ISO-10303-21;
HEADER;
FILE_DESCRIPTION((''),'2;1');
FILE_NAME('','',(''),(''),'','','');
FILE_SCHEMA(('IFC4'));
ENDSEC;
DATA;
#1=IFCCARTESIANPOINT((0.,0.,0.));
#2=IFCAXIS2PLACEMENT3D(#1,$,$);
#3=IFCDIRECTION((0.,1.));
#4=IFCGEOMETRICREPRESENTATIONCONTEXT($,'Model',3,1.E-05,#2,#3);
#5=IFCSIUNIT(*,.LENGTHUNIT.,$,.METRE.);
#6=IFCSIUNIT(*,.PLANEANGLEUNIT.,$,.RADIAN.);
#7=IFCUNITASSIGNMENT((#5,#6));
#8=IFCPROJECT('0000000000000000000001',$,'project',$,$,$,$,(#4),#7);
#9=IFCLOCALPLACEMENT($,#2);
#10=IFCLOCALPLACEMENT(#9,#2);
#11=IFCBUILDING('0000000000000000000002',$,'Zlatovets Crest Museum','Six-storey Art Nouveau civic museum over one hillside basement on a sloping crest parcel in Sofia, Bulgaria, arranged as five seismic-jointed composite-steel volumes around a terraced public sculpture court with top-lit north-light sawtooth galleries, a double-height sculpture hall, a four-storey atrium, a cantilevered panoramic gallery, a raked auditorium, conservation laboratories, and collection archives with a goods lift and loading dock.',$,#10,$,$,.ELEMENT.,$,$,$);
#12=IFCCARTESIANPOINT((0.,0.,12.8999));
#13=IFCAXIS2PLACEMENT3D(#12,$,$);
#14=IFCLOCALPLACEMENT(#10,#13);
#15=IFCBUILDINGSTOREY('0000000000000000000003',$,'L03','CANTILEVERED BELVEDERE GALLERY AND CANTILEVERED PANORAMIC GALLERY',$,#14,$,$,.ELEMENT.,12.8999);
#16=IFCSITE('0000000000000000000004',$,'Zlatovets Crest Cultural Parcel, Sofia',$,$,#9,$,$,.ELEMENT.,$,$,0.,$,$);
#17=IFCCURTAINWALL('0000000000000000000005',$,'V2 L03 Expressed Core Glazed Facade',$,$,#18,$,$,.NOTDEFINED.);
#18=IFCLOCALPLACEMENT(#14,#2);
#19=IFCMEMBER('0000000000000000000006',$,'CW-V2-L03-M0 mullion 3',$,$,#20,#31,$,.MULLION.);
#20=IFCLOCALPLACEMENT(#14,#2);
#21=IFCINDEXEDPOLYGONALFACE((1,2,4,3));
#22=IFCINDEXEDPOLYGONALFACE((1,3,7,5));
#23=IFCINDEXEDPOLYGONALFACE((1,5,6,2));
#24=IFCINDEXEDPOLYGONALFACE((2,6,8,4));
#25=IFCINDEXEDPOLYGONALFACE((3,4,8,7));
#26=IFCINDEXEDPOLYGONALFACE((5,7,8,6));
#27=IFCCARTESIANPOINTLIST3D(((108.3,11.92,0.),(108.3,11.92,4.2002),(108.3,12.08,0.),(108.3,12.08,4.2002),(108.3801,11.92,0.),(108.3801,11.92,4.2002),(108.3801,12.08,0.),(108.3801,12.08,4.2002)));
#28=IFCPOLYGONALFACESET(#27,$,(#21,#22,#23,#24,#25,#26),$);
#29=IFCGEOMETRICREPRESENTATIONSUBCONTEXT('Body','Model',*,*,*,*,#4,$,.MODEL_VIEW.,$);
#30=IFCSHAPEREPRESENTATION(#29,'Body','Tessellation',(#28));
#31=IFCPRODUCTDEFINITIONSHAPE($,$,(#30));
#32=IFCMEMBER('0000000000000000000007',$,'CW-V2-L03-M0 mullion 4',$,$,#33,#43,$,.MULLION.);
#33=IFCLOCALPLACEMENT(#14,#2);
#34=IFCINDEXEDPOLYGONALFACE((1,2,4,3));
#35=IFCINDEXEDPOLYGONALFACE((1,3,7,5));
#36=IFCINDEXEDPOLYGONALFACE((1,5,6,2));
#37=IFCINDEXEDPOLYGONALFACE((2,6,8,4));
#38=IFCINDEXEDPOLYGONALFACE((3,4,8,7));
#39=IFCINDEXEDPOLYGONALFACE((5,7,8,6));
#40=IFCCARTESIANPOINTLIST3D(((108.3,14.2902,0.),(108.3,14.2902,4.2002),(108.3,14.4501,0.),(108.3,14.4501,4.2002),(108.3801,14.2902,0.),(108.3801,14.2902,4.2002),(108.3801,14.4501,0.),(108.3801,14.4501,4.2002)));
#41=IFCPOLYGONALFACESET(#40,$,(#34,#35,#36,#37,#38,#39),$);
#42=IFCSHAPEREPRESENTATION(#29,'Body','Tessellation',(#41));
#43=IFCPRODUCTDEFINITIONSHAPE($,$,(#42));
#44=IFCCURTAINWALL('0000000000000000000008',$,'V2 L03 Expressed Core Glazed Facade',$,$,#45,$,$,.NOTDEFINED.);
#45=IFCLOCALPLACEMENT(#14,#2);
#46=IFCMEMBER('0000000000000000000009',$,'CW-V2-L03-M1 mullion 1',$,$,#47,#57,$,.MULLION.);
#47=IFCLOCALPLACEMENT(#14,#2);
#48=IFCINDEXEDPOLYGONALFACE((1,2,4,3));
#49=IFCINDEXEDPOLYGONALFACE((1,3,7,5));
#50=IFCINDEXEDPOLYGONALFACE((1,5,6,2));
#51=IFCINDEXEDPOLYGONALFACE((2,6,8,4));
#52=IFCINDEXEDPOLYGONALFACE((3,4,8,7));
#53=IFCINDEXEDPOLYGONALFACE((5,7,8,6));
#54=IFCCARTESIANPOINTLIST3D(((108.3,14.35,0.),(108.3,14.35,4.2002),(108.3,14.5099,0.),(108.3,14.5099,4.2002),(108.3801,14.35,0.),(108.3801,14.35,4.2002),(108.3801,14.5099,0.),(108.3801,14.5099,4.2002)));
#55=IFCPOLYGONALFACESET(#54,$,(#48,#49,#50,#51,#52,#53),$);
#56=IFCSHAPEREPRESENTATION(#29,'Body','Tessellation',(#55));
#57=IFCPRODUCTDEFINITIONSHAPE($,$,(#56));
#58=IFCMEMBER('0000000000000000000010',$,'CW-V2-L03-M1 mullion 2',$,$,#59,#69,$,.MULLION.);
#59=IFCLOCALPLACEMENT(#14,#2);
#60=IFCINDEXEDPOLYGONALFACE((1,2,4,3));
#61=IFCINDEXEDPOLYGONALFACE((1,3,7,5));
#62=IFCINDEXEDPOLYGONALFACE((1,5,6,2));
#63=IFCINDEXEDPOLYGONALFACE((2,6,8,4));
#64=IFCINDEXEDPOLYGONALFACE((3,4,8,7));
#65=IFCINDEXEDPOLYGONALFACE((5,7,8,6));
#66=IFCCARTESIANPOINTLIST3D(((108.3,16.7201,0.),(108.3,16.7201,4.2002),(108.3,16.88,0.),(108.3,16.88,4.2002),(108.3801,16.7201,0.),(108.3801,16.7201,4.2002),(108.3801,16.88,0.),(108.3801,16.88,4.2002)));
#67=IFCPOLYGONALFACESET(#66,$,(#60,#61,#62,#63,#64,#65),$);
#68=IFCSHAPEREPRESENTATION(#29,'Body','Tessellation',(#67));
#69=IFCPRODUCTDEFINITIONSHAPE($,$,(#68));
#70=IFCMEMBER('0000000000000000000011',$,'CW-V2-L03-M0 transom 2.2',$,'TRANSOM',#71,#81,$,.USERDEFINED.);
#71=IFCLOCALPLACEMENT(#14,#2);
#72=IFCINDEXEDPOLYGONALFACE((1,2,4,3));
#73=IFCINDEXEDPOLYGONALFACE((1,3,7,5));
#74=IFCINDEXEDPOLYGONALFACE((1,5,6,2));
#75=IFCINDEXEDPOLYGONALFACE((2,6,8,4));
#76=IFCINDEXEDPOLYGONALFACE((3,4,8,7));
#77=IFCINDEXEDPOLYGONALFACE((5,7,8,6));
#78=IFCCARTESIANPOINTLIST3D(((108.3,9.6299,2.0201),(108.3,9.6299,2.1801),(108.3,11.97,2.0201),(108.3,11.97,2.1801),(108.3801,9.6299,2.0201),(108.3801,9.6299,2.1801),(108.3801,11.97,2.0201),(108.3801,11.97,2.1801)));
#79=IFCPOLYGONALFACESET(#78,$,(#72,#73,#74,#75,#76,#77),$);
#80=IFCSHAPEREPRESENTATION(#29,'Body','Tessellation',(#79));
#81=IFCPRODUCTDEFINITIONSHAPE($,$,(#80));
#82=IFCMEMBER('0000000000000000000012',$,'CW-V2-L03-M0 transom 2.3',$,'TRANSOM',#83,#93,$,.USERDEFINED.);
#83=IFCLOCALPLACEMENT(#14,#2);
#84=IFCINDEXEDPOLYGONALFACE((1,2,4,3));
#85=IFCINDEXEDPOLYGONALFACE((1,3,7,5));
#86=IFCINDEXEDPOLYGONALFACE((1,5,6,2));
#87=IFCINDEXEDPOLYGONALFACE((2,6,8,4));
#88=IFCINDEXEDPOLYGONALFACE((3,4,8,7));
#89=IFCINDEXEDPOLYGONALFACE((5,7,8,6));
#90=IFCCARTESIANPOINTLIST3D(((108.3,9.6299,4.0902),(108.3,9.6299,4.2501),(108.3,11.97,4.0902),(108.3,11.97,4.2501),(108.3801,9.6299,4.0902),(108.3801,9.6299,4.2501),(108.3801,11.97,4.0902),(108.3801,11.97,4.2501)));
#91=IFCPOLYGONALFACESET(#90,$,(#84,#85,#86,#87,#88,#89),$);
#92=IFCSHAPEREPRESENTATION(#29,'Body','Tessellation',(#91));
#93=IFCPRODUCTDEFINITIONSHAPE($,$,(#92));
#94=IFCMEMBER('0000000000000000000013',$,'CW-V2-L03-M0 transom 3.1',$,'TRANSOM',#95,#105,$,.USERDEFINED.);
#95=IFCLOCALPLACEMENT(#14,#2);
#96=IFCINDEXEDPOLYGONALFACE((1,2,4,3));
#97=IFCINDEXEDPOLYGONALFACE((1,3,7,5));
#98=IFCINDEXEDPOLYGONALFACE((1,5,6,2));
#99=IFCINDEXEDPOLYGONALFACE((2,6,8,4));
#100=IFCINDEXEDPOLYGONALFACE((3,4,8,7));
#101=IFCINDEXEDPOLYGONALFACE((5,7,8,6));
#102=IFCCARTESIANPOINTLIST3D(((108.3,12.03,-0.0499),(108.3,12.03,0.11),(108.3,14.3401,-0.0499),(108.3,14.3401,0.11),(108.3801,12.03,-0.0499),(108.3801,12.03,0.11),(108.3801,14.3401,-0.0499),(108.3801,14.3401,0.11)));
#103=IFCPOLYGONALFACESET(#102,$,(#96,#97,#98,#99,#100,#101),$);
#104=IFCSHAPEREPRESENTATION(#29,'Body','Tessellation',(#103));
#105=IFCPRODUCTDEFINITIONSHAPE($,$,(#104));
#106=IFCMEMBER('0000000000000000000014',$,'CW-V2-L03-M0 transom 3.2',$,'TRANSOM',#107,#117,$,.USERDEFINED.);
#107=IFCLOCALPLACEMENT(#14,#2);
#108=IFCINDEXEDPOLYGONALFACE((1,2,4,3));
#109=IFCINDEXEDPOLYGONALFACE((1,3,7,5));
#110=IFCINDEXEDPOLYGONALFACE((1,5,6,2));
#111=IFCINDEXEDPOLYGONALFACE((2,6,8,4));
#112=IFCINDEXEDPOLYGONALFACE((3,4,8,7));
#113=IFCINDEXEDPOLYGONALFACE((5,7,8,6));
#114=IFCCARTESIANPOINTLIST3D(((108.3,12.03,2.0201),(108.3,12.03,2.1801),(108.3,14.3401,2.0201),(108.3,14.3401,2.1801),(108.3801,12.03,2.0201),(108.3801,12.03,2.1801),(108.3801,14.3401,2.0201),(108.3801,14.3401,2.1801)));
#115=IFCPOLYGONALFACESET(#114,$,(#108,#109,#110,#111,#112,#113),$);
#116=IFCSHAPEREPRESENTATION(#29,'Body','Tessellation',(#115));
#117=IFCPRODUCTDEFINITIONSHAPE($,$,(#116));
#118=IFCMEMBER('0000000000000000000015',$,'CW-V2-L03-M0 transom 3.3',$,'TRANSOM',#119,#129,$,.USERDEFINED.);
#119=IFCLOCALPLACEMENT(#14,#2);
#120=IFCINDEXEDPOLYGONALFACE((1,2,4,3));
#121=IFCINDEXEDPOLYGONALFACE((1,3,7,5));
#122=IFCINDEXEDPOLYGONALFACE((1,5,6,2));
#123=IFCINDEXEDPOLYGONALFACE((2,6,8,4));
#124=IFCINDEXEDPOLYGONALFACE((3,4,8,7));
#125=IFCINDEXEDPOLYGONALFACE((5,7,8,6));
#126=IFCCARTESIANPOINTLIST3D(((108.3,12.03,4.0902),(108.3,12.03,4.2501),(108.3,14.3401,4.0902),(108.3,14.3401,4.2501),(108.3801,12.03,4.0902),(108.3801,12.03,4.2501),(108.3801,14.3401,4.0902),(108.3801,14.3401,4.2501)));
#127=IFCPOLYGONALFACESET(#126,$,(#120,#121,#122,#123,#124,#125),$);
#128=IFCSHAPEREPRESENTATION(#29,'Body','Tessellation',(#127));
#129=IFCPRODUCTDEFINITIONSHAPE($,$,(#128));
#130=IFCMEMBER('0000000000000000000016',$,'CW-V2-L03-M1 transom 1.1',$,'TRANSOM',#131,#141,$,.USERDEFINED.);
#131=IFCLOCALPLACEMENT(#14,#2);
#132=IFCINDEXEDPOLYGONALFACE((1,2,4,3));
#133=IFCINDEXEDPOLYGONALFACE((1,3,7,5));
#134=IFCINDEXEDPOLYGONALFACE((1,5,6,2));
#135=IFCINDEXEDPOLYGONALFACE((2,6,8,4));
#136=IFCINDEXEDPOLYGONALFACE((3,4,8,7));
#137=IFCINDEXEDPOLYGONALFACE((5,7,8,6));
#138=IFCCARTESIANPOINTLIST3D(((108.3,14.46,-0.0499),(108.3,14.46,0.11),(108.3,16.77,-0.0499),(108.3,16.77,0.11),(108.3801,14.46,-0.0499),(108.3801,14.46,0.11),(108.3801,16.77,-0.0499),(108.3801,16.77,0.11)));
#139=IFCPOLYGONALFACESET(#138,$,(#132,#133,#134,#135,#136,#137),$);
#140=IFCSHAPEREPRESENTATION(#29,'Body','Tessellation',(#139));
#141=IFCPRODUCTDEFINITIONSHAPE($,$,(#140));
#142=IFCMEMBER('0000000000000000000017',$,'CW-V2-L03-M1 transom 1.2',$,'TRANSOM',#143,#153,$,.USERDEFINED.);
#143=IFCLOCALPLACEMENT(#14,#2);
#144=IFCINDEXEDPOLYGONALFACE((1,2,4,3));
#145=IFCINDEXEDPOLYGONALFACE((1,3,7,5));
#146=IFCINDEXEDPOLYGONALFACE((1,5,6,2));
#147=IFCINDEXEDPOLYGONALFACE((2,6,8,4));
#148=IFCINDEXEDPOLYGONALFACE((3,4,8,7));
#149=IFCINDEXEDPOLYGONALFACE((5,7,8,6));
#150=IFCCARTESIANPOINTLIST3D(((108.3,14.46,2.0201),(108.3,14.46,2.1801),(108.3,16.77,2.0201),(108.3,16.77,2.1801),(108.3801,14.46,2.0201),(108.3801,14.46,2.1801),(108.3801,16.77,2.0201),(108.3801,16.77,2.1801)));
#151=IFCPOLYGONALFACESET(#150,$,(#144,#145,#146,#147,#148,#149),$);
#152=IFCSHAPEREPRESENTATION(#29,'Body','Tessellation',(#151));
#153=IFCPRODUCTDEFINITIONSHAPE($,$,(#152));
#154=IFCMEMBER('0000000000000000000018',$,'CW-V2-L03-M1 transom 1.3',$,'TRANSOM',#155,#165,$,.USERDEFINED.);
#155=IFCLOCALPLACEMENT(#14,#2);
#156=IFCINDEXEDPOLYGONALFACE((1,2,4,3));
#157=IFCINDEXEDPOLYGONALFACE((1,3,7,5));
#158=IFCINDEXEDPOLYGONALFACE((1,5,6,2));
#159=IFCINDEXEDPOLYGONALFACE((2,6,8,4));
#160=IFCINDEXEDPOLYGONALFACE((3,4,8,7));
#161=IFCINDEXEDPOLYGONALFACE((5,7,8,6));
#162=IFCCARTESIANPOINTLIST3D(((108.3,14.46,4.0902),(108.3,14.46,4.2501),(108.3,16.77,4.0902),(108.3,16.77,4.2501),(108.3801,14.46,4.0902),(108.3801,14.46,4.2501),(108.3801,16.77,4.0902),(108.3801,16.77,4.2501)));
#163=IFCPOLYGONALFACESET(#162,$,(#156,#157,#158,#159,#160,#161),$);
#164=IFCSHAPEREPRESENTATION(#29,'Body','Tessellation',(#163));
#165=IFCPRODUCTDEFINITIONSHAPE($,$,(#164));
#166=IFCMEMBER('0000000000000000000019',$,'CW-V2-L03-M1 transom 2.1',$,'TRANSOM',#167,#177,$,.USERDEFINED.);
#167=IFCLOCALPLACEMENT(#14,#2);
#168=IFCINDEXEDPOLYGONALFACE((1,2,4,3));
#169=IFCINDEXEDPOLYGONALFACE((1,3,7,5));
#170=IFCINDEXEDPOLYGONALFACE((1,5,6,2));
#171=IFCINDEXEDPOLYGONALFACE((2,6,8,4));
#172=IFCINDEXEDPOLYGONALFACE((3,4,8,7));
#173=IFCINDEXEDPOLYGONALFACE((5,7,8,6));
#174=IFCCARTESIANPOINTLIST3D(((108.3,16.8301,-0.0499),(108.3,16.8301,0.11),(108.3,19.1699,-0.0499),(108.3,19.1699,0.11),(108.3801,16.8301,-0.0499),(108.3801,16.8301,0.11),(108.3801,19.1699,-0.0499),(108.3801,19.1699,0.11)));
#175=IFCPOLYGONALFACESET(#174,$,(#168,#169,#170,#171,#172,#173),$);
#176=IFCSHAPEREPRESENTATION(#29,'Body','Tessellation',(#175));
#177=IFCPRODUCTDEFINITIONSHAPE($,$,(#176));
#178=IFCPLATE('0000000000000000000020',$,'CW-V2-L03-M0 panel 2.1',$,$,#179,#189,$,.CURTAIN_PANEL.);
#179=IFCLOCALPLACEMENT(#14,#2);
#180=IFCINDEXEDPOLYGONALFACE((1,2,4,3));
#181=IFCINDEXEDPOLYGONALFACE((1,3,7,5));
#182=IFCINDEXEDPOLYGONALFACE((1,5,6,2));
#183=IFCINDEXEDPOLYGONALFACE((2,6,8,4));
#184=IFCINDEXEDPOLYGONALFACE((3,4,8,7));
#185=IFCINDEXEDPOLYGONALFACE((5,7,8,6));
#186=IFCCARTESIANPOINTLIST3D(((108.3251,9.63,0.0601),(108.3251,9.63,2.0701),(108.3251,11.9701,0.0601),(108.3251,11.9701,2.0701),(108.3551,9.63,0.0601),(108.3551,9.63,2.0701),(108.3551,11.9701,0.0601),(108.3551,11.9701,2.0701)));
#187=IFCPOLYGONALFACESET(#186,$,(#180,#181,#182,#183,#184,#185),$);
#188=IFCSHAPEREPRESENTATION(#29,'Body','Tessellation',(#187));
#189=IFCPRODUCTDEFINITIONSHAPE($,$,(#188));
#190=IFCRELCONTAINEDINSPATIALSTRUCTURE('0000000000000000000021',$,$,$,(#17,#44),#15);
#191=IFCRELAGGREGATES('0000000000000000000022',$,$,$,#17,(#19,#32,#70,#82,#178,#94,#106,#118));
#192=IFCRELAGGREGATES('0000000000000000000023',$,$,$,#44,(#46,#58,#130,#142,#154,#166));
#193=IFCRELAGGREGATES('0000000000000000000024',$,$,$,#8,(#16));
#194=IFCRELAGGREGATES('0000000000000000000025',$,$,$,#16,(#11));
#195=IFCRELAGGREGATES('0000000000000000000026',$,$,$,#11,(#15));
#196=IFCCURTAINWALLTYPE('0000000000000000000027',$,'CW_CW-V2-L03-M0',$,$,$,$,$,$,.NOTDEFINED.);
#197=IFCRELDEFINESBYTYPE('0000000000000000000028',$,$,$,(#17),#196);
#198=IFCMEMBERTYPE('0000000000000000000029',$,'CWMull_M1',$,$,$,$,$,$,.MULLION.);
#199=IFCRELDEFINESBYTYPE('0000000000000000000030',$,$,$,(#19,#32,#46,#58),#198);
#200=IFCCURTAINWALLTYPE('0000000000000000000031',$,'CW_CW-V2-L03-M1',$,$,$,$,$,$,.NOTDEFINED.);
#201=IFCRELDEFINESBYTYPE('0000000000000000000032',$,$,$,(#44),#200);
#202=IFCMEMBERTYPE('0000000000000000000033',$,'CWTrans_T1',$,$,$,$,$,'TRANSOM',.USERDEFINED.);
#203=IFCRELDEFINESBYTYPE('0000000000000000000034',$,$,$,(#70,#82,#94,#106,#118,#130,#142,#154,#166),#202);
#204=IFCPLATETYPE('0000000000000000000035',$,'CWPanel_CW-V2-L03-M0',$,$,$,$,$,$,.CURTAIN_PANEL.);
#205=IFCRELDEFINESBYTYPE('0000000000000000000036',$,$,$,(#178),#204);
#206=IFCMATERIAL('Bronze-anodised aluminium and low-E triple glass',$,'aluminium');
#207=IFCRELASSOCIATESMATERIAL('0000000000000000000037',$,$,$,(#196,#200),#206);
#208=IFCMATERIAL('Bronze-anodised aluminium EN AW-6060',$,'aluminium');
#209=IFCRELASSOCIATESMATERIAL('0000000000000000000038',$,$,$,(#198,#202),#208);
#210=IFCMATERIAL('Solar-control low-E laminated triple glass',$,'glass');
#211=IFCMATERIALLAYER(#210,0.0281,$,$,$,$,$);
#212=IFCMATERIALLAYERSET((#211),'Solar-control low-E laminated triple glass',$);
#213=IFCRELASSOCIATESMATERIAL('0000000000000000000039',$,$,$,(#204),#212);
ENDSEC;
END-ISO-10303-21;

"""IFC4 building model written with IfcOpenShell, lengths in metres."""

from ifc_helpers import new_model, si_unit, direction, frame, origin, origin_2d, place, context, subcontext, project, spatial, rectangle, extrude, material, layer, layer_set, material_profile, profile_set, type_object, element, aggregate, save


model = new_model("IFC4")

# Units and contexts
model_context = context("Model", 3, precision=1e-05, world=origin(), true_north=direction((0.0, 1.0)))
body_context = subcontext(model_context, "Body", "Model", "MODEL_VIEW")
ifc_project = project(units=[si_unit("LENGTHUNIT", "METRE"), si_unit("PLANEANGLEUNIT", "RADIAN")], contexts=[model_context])

# Site, building, storey
site_placement = place(None, origin())
site = spatial("IfcSite", under=ifc_project, at=site_placement, Name="Zlatovets Crest Cultural Parcel, Sofia", CompositionType="ELEMENT", RefElevation=0.0)
building_placement = place(site_placement, origin())
building = spatial("IfcBuilding", under=site, at=building_placement, Name="Zlatovets Crest Museum", Description="Six-storey Art Nouveau civic museum over one hillside basement on a sloping crest parcel in Sofia, Bulgaria, arranged as five seismic-jointed composite-steel volumes around a terraced public sculpture court with top-lit north-light sawtooth galleries, a double-height sculpture hall, a four-storey atrium, a cantilevered panoramic gallery, a raked auditorium, conservation laboratories, and collection archives with a goods lift and loading dock.", CompositionType="ELEMENT")
storey_placement = place(building_placement, frame((0.0, 0.0, 12.8999)))
storey = spatial("IfcBuildingStorey", under=building, at=storey_placement, Name="L03", Description="CANTILEVERED BELVEDERE GALLERY AND CANTILEVERED PANORAMIC GALLERY", CompositionType="ELEMENT", Elevation=12.8999)

# Curtain walls, members
ifc_material_1 = material(Name="Bronze-anodised aluminium and low-E triple glass", Category="aluminium")
curtain_wall_type_1 = type_object("IfcCurtainWallType", Name="CW_CW-V2-L03-M0", PredefinedType="NOTDEFINED", material=ifc_material_1)
curtain_wall_1_placement = place(storey_placement, origin())
curtain_wall_1 = element("IfcCurtainWall", 1, at=curtain_wall_1_placement, inside=storey, type_object=curtain_wall_type_1, Name="V2 L03 Expressed Core Glazed Facade", PredefinedType="NOTDEFINED")
ifc_material_2 = material(Name="Bronze-anodised aluminium EN AW-6060", Category="aluminium")
ifc_material_profile_1 = material_profile(ifc_material_2, rectangle(XDim=0.0801, YDim=0.1599, at=origin_2d()), Name="ALU 80x160")
ifc_profile_set_1 = profile_set([ifc_material_profile_1], Name="Bronze-anodised aluminium EN AW-6060")
member_type_1 = type_object("IfcMemberType", Name="CWMull_M1", PredefinedType="MULLION", material=ifc_profile_set_1)
member_1_placement = place(storey_placement, frame((108.3401, 12.0, 0.0), z_axis=(0.0, 0.0, 1.0), x_axis=(-1.0, 0.0, 0.0)))
member_1 = element("IfcMember", 2, at=member_1_placement, type_object=member_type_1, Name="CW-V2-L03-M0 mullion 3", PredefinedType="MULLION", context=body_context, shape_type="SweptSolid", body=[
    extrude(rectangle(XDim=0.0801, YDim=0.1599, at=origin_2d()), origin(), (0.0, 0.0, 1.0), 4.2002),
])
member_2_placement = place(storey_placement, frame((108.3401, 14.3701, 0.0), z_axis=(0.0, 0.0, 1.0), x_axis=(-1.0, 0.0, 0.0)))
member_2 = element("IfcMember", 3, at=member_2_placement, type_object=member_type_1, Name="CW-V2-L03-M0 mullion 4", PredefinedType="MULLION", context=body_context, shape_type="SweptSolid", body=[
    extrude(rectangle(XDim=0.0801, YDim=0.1599, at=origin_2d()), origin(), (0.0, 0.0, 1.0), 4.2002),
])
curtain_wall_type_2 = type_object("IfcCurtainWallType", Name="CW_CW-V2-L03-M1", PredefinedType="NOTDEFINED", material=ifc_material_1)
curtain_wall_2_placement = place(storey_placement, origin())
curtain_wall_2 = element("IfcCurtainWall", 4, at=curtain_wall_2_placement, inside=storey, type_object=curtain_wall_type_2, Name="V2 L03 Expressed Core Glazed Facade", PredefinedType="NOTDEFINED")
member_3_placement = place(storey_placement, frame((108.3401, 14.4299, 0.0), z_axis=(0.0, 0.0, 1.0), x_axis=(-1.0, 0.0, 0.0)))
member_3 = element("IfcMember", 5, at=member_3_placement, type_object=member_type_1, Name="CW-V2-L03-M1 mullion 1", PredefinedType="MULLION", context=body_context, shape_type="SweptSolid", body=[
    extrude(rectangle(XDim=0.0801, YDim=0.1599, at=origin_2d()), origin(), (0.0, 0.0, 1.0), 4.2002),
])
member_4_placement = place(storey_placement, frame((108.3401, 16.8, 0.0), z_axis=(0.0, 0.0, 1.0), x_axis=(-1.0, 0.0, 0.0)))
member_4 = element("IfcMember", 6, at=member_4_placement, type_object=member_type_1, Name="CW-V2-L03-M1 mullion 2", PredefinedType="MULLION", context=body_context, shape_type="SweptSolid", body=[
    extrude(rectangle(XDim=0.0801, YDim=0.1599, at=origin_2d()), origin(), (0.0, 0.0, 1.0), 4.2002),
])

# Members
ifc_material_profile_2 = material_profile(ifc_material_2, rectangle(XDim=0.0801, YDim=0.1599, at=origin_2d()), Name="ALU 80x160")
ifc_profile_set_2 = profile_set([ifc_material_profile_2], Name="Bronze-anodised aluminium EN AW-6060")
member_type_2 = type_object("IfcMemberType", Name="CWTrans_T1", ElementType="TRANSOM", PredefinedType="USERDEFINED", material=ifc_profile_set_2)
member_5_placement = place(storey_placement, frame((108.3401, 9.6299, 2.1001), z_axis=(0.0, 1.0, 0.0), x_axis=(-1.0, 0.0, 0.0)))
member_5 = element("IfcMember", 7, at=member_5_placement, type_object=member_type_2, Name="CW-V2-L03-M0 transom 2.2", ObjectType="TRANSOM", PredefinedType="USERDEFINED", context=body_context, shape_type="SweptSolid", body=[
    extrude(rectangle(XDim=0.0801, YDim=0.1599, at=origin_2d()), origin(), (0.0, 0.0, 1.0), 2.3401),
])
member_6_placement = place(storey_placement, frame((108.3401, 9.6299, 4.1702), z_axis=(0.0, 1.0, 0.0), x_axis=(-1.0, 0.0, 0.0)))
member_6 = element("IfcMember", 8, at=member_6_placement, type_object=member_type_2, Name="CW-V2-L03-M0 transom 2.3", ObjectType="TRANSOM", PredefinedType="USERDEFINED", context=body_context, shape_type="SweptSolid", body=[
    extrude(rectangle(XDim=0.0801, YDim=0.1599, at=origin_2d()), origin(), (0.0, 0.0, 1.0), 2.3401),
])
member_7_placement = place(storey_placement, frame((108.3401, 12.03, 0.03), z_axis=(0.0, 1.0, 0.0), x_axis=(-1.0, 0.0, 0.0)))
member_7 = element("IfcMember", 9, at=member_7_placement, type_object=member_type_2, Name="CW-V2-L03-M0 transom 3.1", ObjectType="TRANSOM", PredefinedType="USERDEFINED", context=body_context, shape_type="SweptSolid", body=[
    extrude(rectangle(XDim=0.0801, YDim=0.1599, at=origin_2d()), origin(), (0.0, 0.0, 1.0), 2.3101),
])
member_8_placement = place(storey_placement, frame((108.3401, 12.03, 2.1001), z_axis=(0.0, 1.0, 0.0), x_axis=(-1.0, 0.0, 0.0)))
member_8 = element("IfcMember", 10, at=member_8_placement, type_object=member_type_2, Name="CW-V2-L03-M0 transom 3.2", ObjectType="TRANSOM", PredefinedType="USERDEFINED", context=body_context, shape_type="SweptSolid", body=[
    extrude(rectangle(XDim=0.0801, YDim=0.1599, at=origin_2d()), origin(), (0.0, 0.0, 1.0), 2.3101),
])
member_9_placement = place(storey_placement, frame((108.3401, 12.03, 4.1702), z_axis=(0.0, 1.0, 0.0), x_axis=(-1.0, 0.0, 0.0)))
member_9 = element("IfcMember", 11, at=member_9_placement, type_object=member_type_2, Name="CW-V2-L03-M0 transom 3.3", ObjectType="TRANSOM", PredefinedType="USERDEFINED", context=body_context, shape_type="SweptSolid", body=[
    extrude(rectangle(XDim=0.0801, YDim=0.1599, at=origin_2d()), origin(), (0.0, 0.0, 1.0), 2.3101),
])
member_10_placement = place(storey_placement, frame((108.3401, 14.46, 0.03), z_axis=(0.0, 1.0, 0.0), x_axis=(-1.0, 0.0, 0.0)))
member_10 = element("IfcMember", 12, at=member_10_placement, type_object=member_type_2, Name="CW-V2-L03-M1 transom 1.1", ObjectType="TRANSOM", PredefinedType="USERDEFINED", context=body_context, shape_type="SweptSolid", body=[
    extrude(rectangle(XDim=0.0801, YDim=0.1599, at=origin_2d()), origin(), (0.0, 0.0, 1.0), 2.3101),
])
member_11_placement = place(storey_placement, frame((108.3401, 14.46, 2.1001), z_axis=(0.0, 1.0, 0.0), x_axis=(-1.0, 0.0, 0.0)))
member_11 = element("IfcMember", 13, at=member_11_placement, type_object=member_type_2, Name="CW-V2-L03-M1 transom 1.2", ObjectType="TRANSOM", PredefinedType="USERDEFINED", context=body_context, shape_type="SweptSolid", body=[
    extrude(rectangle(XDim=0.0801, YDim=0.1599, at=origin_2d()), origin(), (0.0, 0.0, 1.0), 2.3101),
])
member_12_placement = place(storey_placement, frame((108.3401, 14.46, 4.1702), z_axis=(0.0, 1.0, 0.0), x_axis=(-1.0, 0.0, 0.0)))
member_12 = element("IfcMember", 14, at=member_12_placement, type_object=member_type_2, Name="CW-V2-L03-M1 transom 1.3", ObjectType="TRANSOM", PredefinedType="USERDEFINED", context=body_context, shape_type="SweptSolid", body=[
    extrude(rectangle(XDim=0.0801, YDim=0.1599, at=origin_2d()), origin(), (0.0, 0.0, 1.0), 2.3101),
])
member_13_placement = place(storey_placement, frame((108.3401, 16.8301, 0.03), z_axis=(0.0, 1.0, 0.0), x_axis=(-1.0, 0.0, 0.0)))
member_13 = element("IfcMember", 15, at=member_13_placement, type_object=member_type_2, Name="CW-V2-L03-M1 transom 2.1", ObjectType="TRANSOM", PredefinedType="USERDEFINED", context=body_context, shape_type="SweptSolid", body=[
    extrude(rectangle(XDim=0.0801, YDim=0.1599, at=origin_2d()), origin(), (0.0, 0.0, 1.0), 2.3398),
])

# Plate
ifc_material_3 = material(Name="Solar-control low-E laminated triple glass", Category="glass")
ifc_layer_1 = layer(ifc_material_3, 0.0281)
ifc_layer_set_1 = layer_set([ifc_layer_1], Name="Solar-control low-E laminated triple glass")
plate_type_1 = type_object("IfcPlateType", Name="CWPanel_CW-V2-L03-M0", PredefinedType="CURTAIN_PANEL", material=ifc_layer_set_1)
plate_1_placement = place(storey_placement, frame((108.3401, 10.8, 0.0601), z_axis=(0.0, 0.0, 1.0), x_axis=(0.0, 1.0, 0.0)))
plate_1 = element("IfcPlate", 16, at=plate_1_placement, type_object=plate_type_1, Name="CW-V2-L03-M0 panel 2.1", PredefinedType="CURTAIN_PANEL", context=body_context, shape_type="SweptSolid", body=[
    extrude(rectangle(XDim=2.3401, YDim=0.03, at=origin_2d()), origin(), (0.0, 0.0, 1.0), 2.01),
])
aggregate(curtain_wall_1, [member_1, member_2, member_5, member_6, plate_1, member_7, member_8, member_9])
aggregate(curtain_wall_2, [member_3, member_4, member_10, member_11, member_12, member_13])

save(model, "model.ifc")
